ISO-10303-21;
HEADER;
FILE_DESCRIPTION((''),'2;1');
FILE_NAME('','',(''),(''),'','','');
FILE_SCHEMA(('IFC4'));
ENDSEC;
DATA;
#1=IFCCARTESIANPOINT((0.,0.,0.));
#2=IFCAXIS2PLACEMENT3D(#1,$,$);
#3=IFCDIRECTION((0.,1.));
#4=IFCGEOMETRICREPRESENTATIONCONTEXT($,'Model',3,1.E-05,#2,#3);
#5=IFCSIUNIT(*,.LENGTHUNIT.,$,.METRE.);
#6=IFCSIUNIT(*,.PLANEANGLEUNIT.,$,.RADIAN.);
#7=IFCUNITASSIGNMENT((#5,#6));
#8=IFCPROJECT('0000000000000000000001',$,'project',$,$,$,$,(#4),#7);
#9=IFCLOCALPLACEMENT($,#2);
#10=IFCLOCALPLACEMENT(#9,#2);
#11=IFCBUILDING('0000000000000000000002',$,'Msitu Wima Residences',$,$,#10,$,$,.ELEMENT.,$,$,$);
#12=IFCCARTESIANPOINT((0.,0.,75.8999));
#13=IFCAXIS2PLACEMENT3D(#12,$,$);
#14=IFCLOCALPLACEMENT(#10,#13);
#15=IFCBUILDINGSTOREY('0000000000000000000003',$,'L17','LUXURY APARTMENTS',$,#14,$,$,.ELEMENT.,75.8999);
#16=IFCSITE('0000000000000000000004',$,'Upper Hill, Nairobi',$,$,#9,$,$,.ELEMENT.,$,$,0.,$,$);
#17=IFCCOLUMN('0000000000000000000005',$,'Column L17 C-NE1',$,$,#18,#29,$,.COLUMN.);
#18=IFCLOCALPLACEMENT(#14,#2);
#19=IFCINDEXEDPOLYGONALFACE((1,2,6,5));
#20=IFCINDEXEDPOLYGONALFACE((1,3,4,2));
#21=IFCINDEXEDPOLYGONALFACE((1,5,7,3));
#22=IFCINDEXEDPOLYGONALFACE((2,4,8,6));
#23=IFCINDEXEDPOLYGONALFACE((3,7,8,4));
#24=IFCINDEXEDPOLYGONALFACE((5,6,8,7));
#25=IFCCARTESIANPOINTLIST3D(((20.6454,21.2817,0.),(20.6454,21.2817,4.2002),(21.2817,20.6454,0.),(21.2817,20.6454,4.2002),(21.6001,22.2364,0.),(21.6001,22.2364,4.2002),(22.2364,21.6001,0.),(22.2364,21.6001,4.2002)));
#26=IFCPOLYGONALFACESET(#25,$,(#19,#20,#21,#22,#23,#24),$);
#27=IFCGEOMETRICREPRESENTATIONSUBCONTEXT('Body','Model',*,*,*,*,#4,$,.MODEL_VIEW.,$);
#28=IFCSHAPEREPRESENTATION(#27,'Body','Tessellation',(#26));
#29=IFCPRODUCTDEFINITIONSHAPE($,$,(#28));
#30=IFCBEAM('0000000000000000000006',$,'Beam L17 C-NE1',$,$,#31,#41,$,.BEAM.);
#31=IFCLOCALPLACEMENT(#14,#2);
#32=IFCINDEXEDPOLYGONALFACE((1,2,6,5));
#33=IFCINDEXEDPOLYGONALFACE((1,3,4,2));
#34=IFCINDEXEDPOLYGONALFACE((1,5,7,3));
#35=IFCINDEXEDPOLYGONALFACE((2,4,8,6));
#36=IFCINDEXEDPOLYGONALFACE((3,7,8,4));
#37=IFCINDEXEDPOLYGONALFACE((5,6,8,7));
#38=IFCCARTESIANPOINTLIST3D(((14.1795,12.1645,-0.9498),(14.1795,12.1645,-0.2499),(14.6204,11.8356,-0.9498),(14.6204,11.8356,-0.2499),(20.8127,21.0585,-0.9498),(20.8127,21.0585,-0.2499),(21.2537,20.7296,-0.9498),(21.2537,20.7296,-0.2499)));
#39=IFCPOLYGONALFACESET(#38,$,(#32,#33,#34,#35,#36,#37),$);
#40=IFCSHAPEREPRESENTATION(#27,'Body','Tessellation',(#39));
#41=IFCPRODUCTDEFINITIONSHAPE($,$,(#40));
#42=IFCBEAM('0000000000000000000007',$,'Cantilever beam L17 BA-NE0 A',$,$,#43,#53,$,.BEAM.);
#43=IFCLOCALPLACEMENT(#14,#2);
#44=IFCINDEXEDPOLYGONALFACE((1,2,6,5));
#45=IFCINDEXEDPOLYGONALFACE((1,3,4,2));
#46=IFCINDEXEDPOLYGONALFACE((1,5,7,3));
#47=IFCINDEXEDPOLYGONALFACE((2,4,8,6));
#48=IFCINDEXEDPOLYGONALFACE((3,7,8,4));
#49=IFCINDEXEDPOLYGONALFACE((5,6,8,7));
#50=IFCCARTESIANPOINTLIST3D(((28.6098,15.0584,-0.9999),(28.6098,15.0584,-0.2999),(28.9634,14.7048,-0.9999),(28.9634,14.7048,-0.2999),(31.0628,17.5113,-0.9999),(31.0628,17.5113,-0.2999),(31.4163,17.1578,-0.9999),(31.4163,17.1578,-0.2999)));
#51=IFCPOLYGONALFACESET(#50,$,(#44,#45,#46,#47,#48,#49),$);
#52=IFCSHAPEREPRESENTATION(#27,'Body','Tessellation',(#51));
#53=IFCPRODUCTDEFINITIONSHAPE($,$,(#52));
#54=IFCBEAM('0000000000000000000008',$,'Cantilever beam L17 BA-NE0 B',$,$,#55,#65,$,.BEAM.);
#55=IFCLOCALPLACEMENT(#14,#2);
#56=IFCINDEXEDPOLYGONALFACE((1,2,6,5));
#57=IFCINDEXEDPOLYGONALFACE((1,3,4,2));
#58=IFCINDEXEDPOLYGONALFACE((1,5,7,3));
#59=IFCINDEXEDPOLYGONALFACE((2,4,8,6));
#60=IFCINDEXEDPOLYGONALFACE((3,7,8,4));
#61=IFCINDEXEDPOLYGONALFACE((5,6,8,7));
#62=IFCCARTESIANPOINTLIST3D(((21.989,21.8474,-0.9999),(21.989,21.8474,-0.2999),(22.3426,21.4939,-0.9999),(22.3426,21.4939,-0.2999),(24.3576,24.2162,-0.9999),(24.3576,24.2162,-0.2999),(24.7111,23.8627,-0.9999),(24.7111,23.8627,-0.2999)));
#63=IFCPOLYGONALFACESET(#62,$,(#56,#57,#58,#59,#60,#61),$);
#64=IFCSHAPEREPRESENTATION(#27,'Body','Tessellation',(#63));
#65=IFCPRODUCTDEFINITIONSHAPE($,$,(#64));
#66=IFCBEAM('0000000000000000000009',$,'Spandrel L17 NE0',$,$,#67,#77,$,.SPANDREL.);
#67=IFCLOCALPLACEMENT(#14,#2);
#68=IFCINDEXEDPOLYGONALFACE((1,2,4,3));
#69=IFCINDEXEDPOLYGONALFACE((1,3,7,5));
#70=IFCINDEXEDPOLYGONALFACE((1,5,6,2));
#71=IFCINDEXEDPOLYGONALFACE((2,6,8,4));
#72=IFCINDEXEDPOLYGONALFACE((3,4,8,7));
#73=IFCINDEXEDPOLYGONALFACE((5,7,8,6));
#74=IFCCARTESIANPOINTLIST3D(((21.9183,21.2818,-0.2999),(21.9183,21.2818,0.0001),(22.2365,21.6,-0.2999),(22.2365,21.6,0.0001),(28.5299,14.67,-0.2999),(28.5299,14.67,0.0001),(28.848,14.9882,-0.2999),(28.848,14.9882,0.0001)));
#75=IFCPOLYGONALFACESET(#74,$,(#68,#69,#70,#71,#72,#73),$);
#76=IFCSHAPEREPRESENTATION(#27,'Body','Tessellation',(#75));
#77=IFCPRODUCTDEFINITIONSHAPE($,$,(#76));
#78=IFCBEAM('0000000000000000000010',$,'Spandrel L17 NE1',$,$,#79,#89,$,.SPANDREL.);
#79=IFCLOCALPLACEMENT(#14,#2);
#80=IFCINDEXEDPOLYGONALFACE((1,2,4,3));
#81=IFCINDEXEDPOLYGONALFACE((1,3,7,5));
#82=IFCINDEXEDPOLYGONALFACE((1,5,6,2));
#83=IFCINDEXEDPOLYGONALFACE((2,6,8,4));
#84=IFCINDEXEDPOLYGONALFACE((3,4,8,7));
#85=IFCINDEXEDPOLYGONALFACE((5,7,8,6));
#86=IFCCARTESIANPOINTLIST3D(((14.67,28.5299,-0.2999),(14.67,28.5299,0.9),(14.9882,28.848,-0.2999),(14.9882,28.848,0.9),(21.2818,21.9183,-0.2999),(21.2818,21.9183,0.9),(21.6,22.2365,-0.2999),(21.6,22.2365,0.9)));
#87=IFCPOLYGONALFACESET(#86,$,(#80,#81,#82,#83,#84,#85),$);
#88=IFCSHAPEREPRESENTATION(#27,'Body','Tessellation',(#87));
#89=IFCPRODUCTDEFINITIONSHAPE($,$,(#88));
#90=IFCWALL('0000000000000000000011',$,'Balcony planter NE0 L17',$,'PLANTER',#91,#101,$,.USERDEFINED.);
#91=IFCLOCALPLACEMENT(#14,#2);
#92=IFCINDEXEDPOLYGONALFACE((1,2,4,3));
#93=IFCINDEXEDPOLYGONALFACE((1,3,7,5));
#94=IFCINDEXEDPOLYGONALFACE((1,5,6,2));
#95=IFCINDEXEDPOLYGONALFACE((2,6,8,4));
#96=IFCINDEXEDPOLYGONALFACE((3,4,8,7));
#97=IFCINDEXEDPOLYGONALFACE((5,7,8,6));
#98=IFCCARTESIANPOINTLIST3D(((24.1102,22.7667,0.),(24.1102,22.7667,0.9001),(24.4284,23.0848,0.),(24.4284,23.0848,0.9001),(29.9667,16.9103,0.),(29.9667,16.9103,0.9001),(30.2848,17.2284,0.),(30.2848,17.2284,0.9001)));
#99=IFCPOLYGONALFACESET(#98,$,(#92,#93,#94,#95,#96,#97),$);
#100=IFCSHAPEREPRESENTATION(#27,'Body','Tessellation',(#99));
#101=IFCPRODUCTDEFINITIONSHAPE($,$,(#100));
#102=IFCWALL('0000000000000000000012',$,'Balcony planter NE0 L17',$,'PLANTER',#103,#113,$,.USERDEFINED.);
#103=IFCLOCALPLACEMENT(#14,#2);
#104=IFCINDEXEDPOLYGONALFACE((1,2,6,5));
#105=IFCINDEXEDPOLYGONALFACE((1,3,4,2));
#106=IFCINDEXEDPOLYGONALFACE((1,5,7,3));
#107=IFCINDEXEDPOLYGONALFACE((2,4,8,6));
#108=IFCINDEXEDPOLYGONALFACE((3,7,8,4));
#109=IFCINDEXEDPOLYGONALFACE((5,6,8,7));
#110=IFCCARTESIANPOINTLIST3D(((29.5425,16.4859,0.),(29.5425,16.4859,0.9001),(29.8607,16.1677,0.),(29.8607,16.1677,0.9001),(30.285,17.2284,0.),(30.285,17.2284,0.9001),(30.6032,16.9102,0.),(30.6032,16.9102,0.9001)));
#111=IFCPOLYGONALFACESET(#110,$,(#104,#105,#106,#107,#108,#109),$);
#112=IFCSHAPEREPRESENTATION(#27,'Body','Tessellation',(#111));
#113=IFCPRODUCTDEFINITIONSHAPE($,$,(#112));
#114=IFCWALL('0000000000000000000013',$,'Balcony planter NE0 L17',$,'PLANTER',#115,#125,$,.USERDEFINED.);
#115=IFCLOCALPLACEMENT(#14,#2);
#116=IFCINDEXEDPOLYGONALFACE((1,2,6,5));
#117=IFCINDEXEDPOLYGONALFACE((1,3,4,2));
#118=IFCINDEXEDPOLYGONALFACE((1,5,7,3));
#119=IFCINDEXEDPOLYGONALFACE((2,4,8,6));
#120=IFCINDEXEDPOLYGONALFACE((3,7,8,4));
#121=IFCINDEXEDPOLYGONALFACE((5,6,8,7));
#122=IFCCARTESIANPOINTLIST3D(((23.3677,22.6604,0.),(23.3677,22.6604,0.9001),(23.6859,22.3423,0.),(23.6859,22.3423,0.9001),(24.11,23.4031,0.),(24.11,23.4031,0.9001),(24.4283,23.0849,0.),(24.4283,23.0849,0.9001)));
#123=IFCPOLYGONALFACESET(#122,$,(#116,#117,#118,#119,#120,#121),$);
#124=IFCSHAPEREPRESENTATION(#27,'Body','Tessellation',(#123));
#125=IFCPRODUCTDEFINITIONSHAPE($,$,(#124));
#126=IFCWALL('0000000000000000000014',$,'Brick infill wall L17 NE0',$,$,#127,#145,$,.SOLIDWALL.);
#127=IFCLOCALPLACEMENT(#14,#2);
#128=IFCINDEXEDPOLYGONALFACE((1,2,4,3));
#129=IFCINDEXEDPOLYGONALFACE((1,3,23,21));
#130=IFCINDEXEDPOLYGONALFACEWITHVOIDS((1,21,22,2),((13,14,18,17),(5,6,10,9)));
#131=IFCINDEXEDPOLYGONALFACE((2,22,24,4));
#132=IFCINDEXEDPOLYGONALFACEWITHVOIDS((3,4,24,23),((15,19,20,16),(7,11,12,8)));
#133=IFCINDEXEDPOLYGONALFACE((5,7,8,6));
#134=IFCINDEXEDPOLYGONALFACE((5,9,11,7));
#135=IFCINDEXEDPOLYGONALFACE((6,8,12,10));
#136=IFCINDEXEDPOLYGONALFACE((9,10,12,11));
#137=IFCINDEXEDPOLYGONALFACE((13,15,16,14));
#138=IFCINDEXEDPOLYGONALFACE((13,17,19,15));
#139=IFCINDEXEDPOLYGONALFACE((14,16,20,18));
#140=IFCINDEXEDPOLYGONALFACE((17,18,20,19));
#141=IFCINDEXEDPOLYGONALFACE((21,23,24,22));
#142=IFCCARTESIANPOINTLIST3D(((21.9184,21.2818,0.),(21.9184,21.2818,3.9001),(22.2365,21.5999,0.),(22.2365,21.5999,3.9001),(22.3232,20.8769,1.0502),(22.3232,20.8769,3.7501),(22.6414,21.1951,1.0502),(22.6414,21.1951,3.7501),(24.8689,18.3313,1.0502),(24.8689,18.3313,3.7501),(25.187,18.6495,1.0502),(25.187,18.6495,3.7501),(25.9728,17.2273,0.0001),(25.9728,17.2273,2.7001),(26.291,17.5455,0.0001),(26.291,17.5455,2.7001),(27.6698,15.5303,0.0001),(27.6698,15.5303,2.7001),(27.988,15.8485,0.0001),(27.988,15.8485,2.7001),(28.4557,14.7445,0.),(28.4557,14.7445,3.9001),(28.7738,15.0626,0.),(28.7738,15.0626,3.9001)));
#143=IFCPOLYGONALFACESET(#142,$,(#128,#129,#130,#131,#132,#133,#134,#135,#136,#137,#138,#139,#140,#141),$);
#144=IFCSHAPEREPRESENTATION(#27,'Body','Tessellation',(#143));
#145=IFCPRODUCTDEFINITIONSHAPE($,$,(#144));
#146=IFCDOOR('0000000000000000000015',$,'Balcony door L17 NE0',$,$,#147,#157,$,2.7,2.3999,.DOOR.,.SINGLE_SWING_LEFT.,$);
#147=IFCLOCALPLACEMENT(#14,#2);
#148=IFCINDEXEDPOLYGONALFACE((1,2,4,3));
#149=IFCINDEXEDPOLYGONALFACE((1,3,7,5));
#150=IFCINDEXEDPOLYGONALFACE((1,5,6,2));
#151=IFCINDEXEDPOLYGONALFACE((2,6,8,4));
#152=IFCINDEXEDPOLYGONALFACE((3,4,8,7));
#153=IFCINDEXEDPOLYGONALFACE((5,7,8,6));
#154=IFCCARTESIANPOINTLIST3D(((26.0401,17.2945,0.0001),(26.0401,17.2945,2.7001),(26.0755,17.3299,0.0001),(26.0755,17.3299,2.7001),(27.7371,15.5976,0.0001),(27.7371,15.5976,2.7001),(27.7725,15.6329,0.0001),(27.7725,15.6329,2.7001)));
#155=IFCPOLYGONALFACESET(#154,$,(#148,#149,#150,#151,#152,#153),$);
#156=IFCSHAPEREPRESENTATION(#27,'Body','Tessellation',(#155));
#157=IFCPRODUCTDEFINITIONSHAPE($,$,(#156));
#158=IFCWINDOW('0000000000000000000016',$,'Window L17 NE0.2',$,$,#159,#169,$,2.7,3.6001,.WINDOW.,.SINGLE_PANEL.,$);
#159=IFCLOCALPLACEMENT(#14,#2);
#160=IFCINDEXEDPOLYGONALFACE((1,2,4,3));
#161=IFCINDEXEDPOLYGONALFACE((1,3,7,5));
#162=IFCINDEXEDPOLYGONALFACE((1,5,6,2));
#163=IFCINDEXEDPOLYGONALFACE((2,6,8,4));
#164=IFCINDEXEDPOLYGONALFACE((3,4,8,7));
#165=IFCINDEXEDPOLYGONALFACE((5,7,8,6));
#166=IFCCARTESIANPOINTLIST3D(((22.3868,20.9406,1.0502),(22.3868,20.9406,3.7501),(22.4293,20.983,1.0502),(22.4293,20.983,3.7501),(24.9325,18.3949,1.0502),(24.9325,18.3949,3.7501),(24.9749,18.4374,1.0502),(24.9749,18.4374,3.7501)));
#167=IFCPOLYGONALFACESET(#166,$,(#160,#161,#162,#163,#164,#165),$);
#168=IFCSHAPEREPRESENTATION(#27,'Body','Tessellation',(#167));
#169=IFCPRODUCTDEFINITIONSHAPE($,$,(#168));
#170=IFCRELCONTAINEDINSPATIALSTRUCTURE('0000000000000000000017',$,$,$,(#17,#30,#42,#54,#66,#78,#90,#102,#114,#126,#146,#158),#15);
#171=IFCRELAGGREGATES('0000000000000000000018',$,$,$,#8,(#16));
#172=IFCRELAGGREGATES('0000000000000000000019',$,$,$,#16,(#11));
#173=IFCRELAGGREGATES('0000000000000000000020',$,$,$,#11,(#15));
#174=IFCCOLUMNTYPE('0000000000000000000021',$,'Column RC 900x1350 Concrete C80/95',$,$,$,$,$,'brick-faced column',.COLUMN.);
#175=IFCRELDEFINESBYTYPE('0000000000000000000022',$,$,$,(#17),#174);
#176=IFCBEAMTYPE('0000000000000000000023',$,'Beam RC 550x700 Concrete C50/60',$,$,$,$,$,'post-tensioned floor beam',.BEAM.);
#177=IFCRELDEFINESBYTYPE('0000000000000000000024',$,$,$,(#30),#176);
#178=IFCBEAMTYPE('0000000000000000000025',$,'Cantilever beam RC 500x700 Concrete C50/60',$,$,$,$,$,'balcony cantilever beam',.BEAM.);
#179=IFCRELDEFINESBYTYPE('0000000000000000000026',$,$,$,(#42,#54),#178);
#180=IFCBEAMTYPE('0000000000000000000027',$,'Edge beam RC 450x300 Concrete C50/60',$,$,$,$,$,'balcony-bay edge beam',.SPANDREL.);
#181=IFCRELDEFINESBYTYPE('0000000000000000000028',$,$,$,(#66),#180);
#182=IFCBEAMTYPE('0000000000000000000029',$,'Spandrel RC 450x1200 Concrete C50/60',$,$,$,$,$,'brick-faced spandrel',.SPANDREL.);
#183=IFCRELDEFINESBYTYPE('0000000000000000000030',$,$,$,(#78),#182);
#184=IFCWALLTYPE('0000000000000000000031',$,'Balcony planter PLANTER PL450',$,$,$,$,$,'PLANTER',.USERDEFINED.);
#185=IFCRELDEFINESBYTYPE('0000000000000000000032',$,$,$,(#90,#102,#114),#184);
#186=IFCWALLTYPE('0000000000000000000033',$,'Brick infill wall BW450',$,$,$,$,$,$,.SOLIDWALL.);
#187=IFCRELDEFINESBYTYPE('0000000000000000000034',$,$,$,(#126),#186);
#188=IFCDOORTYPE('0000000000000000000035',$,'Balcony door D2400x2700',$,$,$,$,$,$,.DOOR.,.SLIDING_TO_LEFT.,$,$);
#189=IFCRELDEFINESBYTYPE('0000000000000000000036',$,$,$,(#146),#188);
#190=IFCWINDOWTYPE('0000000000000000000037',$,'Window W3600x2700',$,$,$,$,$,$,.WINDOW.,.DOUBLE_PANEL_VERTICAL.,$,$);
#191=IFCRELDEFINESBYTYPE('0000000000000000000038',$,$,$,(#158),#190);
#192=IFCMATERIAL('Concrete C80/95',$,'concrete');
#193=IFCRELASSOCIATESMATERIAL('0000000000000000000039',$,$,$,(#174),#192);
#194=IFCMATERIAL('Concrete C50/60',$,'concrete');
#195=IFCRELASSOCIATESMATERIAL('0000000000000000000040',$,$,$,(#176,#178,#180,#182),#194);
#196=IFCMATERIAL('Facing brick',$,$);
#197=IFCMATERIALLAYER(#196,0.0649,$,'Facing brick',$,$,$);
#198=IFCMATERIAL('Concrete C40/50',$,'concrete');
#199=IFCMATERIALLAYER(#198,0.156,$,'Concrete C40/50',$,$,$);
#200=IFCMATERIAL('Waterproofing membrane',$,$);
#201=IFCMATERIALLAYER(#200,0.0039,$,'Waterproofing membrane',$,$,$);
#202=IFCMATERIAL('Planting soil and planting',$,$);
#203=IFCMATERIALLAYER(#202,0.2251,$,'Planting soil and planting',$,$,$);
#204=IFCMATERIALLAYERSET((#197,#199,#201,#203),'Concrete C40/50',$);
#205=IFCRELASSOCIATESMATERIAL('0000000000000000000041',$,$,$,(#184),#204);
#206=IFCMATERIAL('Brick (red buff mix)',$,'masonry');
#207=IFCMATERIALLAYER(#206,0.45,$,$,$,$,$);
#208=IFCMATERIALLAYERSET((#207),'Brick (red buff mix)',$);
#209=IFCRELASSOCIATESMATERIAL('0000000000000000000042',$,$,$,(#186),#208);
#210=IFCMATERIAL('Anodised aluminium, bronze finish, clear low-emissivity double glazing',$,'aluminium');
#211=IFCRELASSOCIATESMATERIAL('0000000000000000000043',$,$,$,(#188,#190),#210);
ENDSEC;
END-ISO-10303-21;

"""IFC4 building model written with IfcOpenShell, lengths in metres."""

from ifc_helpers import new_model, si_unit, direction, frame, frame_2d, origin, origin_2d, place, context, subcontext, project, spatial, rectangle, extrude, material, layer, layer_set, material_profile, profile_set, type_object, element, fill, save


model = new_model("IFC4")

# Units and contexts
model_context = context("Model", 3, precision=1e-05, world=origin(), true_north=direction((0.0, 1.0)))
body_context = subcontext(model_context, "Body", "Model", "MODEL_VIEW")
ifc_project = project(units=[si_unit("LENGTHUNIT", "METRE"), si_unit("PLANEANGLEUNIT", "RADIAN")], contexts=[model_context])

# Site, building, storey
site_placement = place(None, origin())
site = spatial("IfcSite", under=ifc_project, at=site_placement, Name="Upper Hill, Nairobi", CompositionType="ELEMENT", RefElevation=0.0)
building_placement = place(site_placement, origin())
building = spatial("IfcBuilding", under=site, at=building_placement, Name="Msitu Wima Residences", CompositionType="ELEMENT")
storey_placement = place(building_placement, frame((0.0, 0.0, 75.8999)))
storey = spatial("IfcBuildingStorey", under=building, at=storey_placement, Name="L17", Description="LUXURY APARTMENTS", CompositionType="ELEMENT", Elevation=75.8999)

# Column
ifc_material_1 = material(Name="Concrete C80/95", Category="concrete")
ifc_material_profile_1 = material_profile(ifc_material_1, rectangle(XDim=0.8999, YDim=1.3501, at=origin_2d()), Name="RC 900x1350")
ifc_profile_set_1 = profile_set([ifc_material_profile_1], Name="Concrete C80/95")
column_type = type_object("IfcColumnType", Name="Column RC 900x1350 Concrete C80/95", ElementType="brick-faced column", PredefinedType="COLUMN", material=ifc_profile_set_1)
column_placement = place(storey_placement, frame((21.4409, 21.4409, 0.0), z_axis=(0.0, 0.0, 1.0), x_axis=(-0.707107, 0.707107, 0.0)))
element("IfcColumn", 1, at=column_placement, inside=storey, type_object=column_type, Name="Column L17 C-NE1", PredefinedType="COLUMN", context=body_context, shape_type="SweptSolid", body=[
    extrude(rectangle(XDim=0.8999, YDim=1.3501, at=origin_2d()), origin(), (0.0, 0.0, 1.0), 4.2002),
])

# Beams
ifc_material_2 = material(Name="Concrete C50/60", Category="concrete")
ifc_material_profile_2 = material_profile(ifc_material_2, rectangle(XDim=0.55, YDim=0.7, at=origin_2d()), Name="RC 550x700")
ifc_profile_set_2 = profile_set([ifc_material_profile_2], Name="Concrete C50/60")
beam_type_1 = type_object("IfcBeamType", Name="Beam RC 550x700 Concrete C50/60", ElementType="post-tensioned floor beam", PredefinedType="BEAM", material=ifc_profile_set_2)
beam_1_placement = place(storey_placement, frame((21.0332, 20.894, -0.5999), z_axis=(-0.59785, -0.801608, 0.0), x_axis=(0.801608, -0.59785, 0.0)))
element("IfcBeam", 2, at=beam_1_placement, inside=storey, type_object=beam_type_1, Name="Beam L17 C-NE1", PredefinedType="BEAM", context=body_context, shape_type="SweptSolid", body=[
    extrude(rectangle(XDim=0.55, YDim=0.7, at=origin_2d()), origin(), (0.0, 0.0, 1.0), 11.0952),
])
ifc_material_profile_3 = material_profile(ifc_material_2, rectangle(XDim=0.5, YDim=0.7, at=origin_2d()), Name="RC 500x700")
ifc_profile_set_3 = profile_set([ifc_material_profile_3], Name="Concrete C50/60")
beam_type_2 = type_object("IfcBeamType", Name="Cantilever beam RC 500x700 Concrete C50/60", ElementType="balcony cantilever beam", PredefinedType="BEAM", material=ifc_profile_set_3)
beam_2_placement = place(storey_placement, frame((28.7866, 14.8816, -0.6499), z_axis=(0.707107, 0.707107, 0.0), x_axis=(-0.707107, 0.707107, 0.0)))
element("IfcBeam", 3, at=beam_2_placement, inside=storey, type_object=beam_type_2, Name="Cantilever beam L17 BA-NE0 A", PredefinedType="BEAM", context=body_context, shape_type="SweptSolid", body=[
    extrude(rectangle(XDim=0.5, YDim=0.7, at=origin_2d()), origin(), (0.0, 0.0, 1.0), 3.469),
])
beam_3_placement = place(storey_placement, frame((22.1658, 21.6707, -0.6499), z_axis=(0.70707, 0.707143, 0.0), x_axis=(-0.707143, 0.70707, 0.0)))
element("IfcBeam", 4, at=beam_3_placement, inside=storey, type_object=beam_type_2, Name="Cantilever beam L17 BA-NE0 B", PredefinedType="BEAM", context=body_context, shape_type="SweptSolid", body=[
    extrude(rectangle(XDim=0.5, YDim=0.7, at=origin_2d()), origin(), (0.0, 0.0, 1.0), 3.3499),
])
ifc_material_profile_4 = material_profile(ifc_material_2, rectangle(XDim=0.45, YDim=0.3, at=origin_2d()), Name="RC 450x300")
ifc_profile_set_4 = profile_set([ifc_material_profile_4], Name="Concrete C50/60")
beam_type_3 = type_object("IfcBeamType", Name="Edge beam RC 450x300 Concrete C50/60", ElementType="balcony-bay edge beam", PredefinedType="SPANDREL", material=ifc_profile_set_4)
beam_4_placement = place(storey_placement, frame((28.689, 14.8291, -0.1499), z_axis=(-0.707094, 0.70712, 0.0), x_axis=(-0.70712, -0.707094, 0.0)))
element("IfcBeam", 5, at=beam_4_placement, inside=storey, type_object=beam_type_3, Name="Spandrel L17 NE0", PredefinedType="SPANDREL", context=body_context, shape_type="SweptSolid", body=[
    extrude(rectangle(XDim=0.45, YDim=0.3, at=origin_2d()), origin(), (0.0, 0.0, 1.0), 9.3503),
])
ifc_material_profile_5 = material_profile(ifc_material_2, rectangle(XDim=0.45, YDim=1.2, at=origin_2d()), Name="RC 450x1200")
ifc_profile_set_5 = profile_set([ifc_material_profile_5], Name="Concrete C50/60")
beam_type_4 = type_object("IfcBeamType", Name="Spandrel RC 450x1200 Concrete C50/60", ElementType="brick-faced spandrel", PredefinedType="SPANDREL", material=ifc_profile_set_5)
beam_5_placement = place(storey_placement, frame((21.4409, 22.0774, 0.3), z_axis=(-0.70712, 0.707094, 0.0), x_axis=(-0.707094, -0.70712, 0.0)))
element("IfcBeam", 6, at=beam_5_placement, inside=storey, type_object=beam_type_4, Name="Spandrel L17 NE1", PredefinedType="SPANDREL", context=body_context, shape_type="SweptSolid", body=[
    extrude(rectangle(XDim=0.45, YDim=1.2, at=origin_2d()), origin(), (0.0, 0.0, 1.0), 9.3503),
])

# Walls
ifc_material_3 = material(Name="Facing brick")
ifc_layer_1 = layer(ifc_material_3, 0.0649, Name="Facing brick")
ifc_material_4 = material(Name="Concrete C40/50", Category="concrete")
ifc_layer_2 = layer(ifc_material_4, 0.156, Name="Concrete C40/50")
ifc_material_5 = material(Name="Waterproofing membrane")
ifc_layer_3 = layer(ifc_material_5, 0.0039, Name="Waterproofing membrane")
ifc_material_6 = material(Name="Planting soil and planting")
ifc_layer_4 = layer(ifc_material_6, 0.2251, Name="Planting soil and planting")
ifc_layer_set_1 = layer_set([ifc_layer_1, ifc_layer_2, ifc_layer_3, ifc_layer_4], Name="Concrete C40/50")
wall_type_1 = type_object("IfcWallType", Name="Balcony planter PLANTER PL450", ElementType="PLANTER", PredefinedType="USERDEFINED", material=ifc_layer_set_1)
wall_1_placement = place(storey_placement, frame((30.1257, 17.0693, 0.0), z_axis=(0.0, 0.0, 1.0), x_axis=(-0.707107, 0.707107, 0.0)))
element("IfcWall", 7, at=wall_1_placement, inside=storey, type_object=wall_type_1, Name="Balcony planter NE0 L17", ObjectType="PLANTER", PredefinedType="USERDEFINED", context=body_context, shape_type="SweptSolid", body=[
    extrude(rectangle(XDim=8.2822, YDim=0.45, at=frame_2d((4.1411, 0.0))), origin(), (0.0, 0.0, 1.0), 0.9001),
])
for number, where, z_axis, x_axis, name in (
    (8, (29.7017, 16.3269, 0.0), (0.0, 0.0, 1.0), (0.707107, 0.707107, 0.0), "Balcony planter NE0 L17"),
    (9, (23.5269, 22.5015, 0.0), (0.0, 0.0, 1.0), (0.706991, 0.707223, 0.0), "Balcony planter NE0 L17"),
):
    element("IfcWall", number, at=place(storey_placement, frame(where, z_axis=z_axis, x_axis=x_axis)), inside=storey, type_object=wall_type_1, Name=name, ObjectType="PLANTER", PredefinedType="USERDEFINED", context=body_context, shape_type="SweptSolid", body=[
        extrude(rectangle(XDim=1.05, YDim=0.45, at=frame_2d((0.5249, 0.0))), origin(), (0.0, 0.0, 1.0), 0.9001),
    ])

# Wall, openings, door, window
ifc_material_7 = material(Name="Brick (red buff mix)", Category="masonry")
ifc_layer_5 = layer(ifc_material_7, 0.45)
ifc_layer_set_2 = layer_set([ifc_layer_5], Name="Brick (red buff mix)")
wall_type_2 = type_object("IfcWallType", Name="Brick infill wall BW450", PredefinedType="SOLIDWALL", material=ifc_layer_set_2)
wall_2_placement = place(storey_placement, frame((28.6147, 14.9036, 0.0), z_axis=(0.0, 0.0, 1.0), x_axis=(-0.707107, 0.707107, 0.0)))
wall_2 = element("IfcWall", 10, at=wall_2_placement, inside=storey, type_object=wall_type_2, Name="Brick infill wall L17 NE0", PredefinedType="SOLIDWALL", context=body_context, shape_type="SweptSolid", body=[
    extrude(rectangle(XDim=9.2451, YDim=0.45, at=frame_2d((4.6226, 0.0))), origin(), (0.0, 0.0, 1.0), 3.9001),
])
opening_1_placement = place(wall_2_placement, frame((1.1113, 0.0, 0.0)))
opening_1 = element("IfcOpeningElement", 11, at=opening_1_placement, cuts=wall_2, PredefinedType="OPENING", context=body_context, shape_type="SweptSolid", body=[
    extrude(rectangle(XDim=2.3999, YDim=2.7, at=frame_2d((1.2, 1.3501))), frame((0.0, 0.2349, 0.0), z_axis=(0.0, -1.0, 0.0), x_axis=(1.0, 0.0, 0.0)), (0.0, 0.0, 1.0), 0.47),
])
opening_2_placement = place(wall_2_placement, frame((5.0725, 0.0, 1.05)))
opening_2 = element("IfcOpeningElement", 12, at=opening_2_placement, cuts=wall_2, PredefinedType="OPENING", context=body_context, shape_type="SweptSolid", body=[
    extrude(rectangle(XDim=3.6001, YDim=2.7, at=frame_2d((1.8, 1.3501))), frame((0.0, 0.2349, 0.0), z_axis=(0.0, -1.0, 0.0), x_axis=(1.0, 0.0, 0.0)), (0.0, 0.0, 1.0), 0.47),
])
ifc_material_8 = material(Name="Anodised aluminium, bronze finish, clear low-emissivity double glazing", Category="aluminium")
door_type = type_object("IfcDoorType", Name="Balcony door D2400x2700", OperationType="SLIDING_TO_LEFT", PredefinedType="DOOR", material=ifc_material_8)
door_placement = place(opening_1_placement, origin())
door = element("IfcDoor", 13, at=door_placement, inside=storey, type_object=door_type, Name="Balcony door L17 NE0", OperationType="SINGLE_SWING_LEFT", OverallHeight=2.7, OverallWidth=2.3999, PredefinedType="DOOR", context=body_context, shape_type="SweptSolid", body=[
    extrude(rectangle(XDim=2.3999, YDim=2.7, at=frame_2d((1.2, 1.3501))), frame((0.0, 0.1299, 0.0), z_axis=(0.0, -1.0, 0.0), x_axis=(1.0, 0.0, 0.0)), (0.0, 0.0, 1.0), 0.05),
])
fill(opening_1, door)
window_type = type_object("IfcWindowType", Name="Window W3600x2700", PartitioningType="DOUBLE_PANEL_VERTICAL", PredefinedType="WINDOW", material=ifc_material_8)
window_1_placement = place(opening_2_placement, origin())
window_1 = element("IfcWindow", 14, at=window_1_placement, inside=storey, type_object=window_type, Name="Window L17 NE0.2", OverallHeight=2.7, OverallWidth=3.6001, PartitioningType="SINGLE_PANEL", PredefinedType="WINDOW", context=body_context, shape_type="SweptSolid", body=[
    extrude(rectangle(XDim=3.6001, YDim=2.7, at=frame_2d((1.8, 1.3501))), frame((0.0, 0.135, 0.0), z_axis=(0.0, -1.0, 0.0), x_axis=(1.0, 0.0, 0.0)), (0.0, 0.0, 1.0), 0.0601),
])
fill(opening_2, window_1)

save(model, "model.ifc")
